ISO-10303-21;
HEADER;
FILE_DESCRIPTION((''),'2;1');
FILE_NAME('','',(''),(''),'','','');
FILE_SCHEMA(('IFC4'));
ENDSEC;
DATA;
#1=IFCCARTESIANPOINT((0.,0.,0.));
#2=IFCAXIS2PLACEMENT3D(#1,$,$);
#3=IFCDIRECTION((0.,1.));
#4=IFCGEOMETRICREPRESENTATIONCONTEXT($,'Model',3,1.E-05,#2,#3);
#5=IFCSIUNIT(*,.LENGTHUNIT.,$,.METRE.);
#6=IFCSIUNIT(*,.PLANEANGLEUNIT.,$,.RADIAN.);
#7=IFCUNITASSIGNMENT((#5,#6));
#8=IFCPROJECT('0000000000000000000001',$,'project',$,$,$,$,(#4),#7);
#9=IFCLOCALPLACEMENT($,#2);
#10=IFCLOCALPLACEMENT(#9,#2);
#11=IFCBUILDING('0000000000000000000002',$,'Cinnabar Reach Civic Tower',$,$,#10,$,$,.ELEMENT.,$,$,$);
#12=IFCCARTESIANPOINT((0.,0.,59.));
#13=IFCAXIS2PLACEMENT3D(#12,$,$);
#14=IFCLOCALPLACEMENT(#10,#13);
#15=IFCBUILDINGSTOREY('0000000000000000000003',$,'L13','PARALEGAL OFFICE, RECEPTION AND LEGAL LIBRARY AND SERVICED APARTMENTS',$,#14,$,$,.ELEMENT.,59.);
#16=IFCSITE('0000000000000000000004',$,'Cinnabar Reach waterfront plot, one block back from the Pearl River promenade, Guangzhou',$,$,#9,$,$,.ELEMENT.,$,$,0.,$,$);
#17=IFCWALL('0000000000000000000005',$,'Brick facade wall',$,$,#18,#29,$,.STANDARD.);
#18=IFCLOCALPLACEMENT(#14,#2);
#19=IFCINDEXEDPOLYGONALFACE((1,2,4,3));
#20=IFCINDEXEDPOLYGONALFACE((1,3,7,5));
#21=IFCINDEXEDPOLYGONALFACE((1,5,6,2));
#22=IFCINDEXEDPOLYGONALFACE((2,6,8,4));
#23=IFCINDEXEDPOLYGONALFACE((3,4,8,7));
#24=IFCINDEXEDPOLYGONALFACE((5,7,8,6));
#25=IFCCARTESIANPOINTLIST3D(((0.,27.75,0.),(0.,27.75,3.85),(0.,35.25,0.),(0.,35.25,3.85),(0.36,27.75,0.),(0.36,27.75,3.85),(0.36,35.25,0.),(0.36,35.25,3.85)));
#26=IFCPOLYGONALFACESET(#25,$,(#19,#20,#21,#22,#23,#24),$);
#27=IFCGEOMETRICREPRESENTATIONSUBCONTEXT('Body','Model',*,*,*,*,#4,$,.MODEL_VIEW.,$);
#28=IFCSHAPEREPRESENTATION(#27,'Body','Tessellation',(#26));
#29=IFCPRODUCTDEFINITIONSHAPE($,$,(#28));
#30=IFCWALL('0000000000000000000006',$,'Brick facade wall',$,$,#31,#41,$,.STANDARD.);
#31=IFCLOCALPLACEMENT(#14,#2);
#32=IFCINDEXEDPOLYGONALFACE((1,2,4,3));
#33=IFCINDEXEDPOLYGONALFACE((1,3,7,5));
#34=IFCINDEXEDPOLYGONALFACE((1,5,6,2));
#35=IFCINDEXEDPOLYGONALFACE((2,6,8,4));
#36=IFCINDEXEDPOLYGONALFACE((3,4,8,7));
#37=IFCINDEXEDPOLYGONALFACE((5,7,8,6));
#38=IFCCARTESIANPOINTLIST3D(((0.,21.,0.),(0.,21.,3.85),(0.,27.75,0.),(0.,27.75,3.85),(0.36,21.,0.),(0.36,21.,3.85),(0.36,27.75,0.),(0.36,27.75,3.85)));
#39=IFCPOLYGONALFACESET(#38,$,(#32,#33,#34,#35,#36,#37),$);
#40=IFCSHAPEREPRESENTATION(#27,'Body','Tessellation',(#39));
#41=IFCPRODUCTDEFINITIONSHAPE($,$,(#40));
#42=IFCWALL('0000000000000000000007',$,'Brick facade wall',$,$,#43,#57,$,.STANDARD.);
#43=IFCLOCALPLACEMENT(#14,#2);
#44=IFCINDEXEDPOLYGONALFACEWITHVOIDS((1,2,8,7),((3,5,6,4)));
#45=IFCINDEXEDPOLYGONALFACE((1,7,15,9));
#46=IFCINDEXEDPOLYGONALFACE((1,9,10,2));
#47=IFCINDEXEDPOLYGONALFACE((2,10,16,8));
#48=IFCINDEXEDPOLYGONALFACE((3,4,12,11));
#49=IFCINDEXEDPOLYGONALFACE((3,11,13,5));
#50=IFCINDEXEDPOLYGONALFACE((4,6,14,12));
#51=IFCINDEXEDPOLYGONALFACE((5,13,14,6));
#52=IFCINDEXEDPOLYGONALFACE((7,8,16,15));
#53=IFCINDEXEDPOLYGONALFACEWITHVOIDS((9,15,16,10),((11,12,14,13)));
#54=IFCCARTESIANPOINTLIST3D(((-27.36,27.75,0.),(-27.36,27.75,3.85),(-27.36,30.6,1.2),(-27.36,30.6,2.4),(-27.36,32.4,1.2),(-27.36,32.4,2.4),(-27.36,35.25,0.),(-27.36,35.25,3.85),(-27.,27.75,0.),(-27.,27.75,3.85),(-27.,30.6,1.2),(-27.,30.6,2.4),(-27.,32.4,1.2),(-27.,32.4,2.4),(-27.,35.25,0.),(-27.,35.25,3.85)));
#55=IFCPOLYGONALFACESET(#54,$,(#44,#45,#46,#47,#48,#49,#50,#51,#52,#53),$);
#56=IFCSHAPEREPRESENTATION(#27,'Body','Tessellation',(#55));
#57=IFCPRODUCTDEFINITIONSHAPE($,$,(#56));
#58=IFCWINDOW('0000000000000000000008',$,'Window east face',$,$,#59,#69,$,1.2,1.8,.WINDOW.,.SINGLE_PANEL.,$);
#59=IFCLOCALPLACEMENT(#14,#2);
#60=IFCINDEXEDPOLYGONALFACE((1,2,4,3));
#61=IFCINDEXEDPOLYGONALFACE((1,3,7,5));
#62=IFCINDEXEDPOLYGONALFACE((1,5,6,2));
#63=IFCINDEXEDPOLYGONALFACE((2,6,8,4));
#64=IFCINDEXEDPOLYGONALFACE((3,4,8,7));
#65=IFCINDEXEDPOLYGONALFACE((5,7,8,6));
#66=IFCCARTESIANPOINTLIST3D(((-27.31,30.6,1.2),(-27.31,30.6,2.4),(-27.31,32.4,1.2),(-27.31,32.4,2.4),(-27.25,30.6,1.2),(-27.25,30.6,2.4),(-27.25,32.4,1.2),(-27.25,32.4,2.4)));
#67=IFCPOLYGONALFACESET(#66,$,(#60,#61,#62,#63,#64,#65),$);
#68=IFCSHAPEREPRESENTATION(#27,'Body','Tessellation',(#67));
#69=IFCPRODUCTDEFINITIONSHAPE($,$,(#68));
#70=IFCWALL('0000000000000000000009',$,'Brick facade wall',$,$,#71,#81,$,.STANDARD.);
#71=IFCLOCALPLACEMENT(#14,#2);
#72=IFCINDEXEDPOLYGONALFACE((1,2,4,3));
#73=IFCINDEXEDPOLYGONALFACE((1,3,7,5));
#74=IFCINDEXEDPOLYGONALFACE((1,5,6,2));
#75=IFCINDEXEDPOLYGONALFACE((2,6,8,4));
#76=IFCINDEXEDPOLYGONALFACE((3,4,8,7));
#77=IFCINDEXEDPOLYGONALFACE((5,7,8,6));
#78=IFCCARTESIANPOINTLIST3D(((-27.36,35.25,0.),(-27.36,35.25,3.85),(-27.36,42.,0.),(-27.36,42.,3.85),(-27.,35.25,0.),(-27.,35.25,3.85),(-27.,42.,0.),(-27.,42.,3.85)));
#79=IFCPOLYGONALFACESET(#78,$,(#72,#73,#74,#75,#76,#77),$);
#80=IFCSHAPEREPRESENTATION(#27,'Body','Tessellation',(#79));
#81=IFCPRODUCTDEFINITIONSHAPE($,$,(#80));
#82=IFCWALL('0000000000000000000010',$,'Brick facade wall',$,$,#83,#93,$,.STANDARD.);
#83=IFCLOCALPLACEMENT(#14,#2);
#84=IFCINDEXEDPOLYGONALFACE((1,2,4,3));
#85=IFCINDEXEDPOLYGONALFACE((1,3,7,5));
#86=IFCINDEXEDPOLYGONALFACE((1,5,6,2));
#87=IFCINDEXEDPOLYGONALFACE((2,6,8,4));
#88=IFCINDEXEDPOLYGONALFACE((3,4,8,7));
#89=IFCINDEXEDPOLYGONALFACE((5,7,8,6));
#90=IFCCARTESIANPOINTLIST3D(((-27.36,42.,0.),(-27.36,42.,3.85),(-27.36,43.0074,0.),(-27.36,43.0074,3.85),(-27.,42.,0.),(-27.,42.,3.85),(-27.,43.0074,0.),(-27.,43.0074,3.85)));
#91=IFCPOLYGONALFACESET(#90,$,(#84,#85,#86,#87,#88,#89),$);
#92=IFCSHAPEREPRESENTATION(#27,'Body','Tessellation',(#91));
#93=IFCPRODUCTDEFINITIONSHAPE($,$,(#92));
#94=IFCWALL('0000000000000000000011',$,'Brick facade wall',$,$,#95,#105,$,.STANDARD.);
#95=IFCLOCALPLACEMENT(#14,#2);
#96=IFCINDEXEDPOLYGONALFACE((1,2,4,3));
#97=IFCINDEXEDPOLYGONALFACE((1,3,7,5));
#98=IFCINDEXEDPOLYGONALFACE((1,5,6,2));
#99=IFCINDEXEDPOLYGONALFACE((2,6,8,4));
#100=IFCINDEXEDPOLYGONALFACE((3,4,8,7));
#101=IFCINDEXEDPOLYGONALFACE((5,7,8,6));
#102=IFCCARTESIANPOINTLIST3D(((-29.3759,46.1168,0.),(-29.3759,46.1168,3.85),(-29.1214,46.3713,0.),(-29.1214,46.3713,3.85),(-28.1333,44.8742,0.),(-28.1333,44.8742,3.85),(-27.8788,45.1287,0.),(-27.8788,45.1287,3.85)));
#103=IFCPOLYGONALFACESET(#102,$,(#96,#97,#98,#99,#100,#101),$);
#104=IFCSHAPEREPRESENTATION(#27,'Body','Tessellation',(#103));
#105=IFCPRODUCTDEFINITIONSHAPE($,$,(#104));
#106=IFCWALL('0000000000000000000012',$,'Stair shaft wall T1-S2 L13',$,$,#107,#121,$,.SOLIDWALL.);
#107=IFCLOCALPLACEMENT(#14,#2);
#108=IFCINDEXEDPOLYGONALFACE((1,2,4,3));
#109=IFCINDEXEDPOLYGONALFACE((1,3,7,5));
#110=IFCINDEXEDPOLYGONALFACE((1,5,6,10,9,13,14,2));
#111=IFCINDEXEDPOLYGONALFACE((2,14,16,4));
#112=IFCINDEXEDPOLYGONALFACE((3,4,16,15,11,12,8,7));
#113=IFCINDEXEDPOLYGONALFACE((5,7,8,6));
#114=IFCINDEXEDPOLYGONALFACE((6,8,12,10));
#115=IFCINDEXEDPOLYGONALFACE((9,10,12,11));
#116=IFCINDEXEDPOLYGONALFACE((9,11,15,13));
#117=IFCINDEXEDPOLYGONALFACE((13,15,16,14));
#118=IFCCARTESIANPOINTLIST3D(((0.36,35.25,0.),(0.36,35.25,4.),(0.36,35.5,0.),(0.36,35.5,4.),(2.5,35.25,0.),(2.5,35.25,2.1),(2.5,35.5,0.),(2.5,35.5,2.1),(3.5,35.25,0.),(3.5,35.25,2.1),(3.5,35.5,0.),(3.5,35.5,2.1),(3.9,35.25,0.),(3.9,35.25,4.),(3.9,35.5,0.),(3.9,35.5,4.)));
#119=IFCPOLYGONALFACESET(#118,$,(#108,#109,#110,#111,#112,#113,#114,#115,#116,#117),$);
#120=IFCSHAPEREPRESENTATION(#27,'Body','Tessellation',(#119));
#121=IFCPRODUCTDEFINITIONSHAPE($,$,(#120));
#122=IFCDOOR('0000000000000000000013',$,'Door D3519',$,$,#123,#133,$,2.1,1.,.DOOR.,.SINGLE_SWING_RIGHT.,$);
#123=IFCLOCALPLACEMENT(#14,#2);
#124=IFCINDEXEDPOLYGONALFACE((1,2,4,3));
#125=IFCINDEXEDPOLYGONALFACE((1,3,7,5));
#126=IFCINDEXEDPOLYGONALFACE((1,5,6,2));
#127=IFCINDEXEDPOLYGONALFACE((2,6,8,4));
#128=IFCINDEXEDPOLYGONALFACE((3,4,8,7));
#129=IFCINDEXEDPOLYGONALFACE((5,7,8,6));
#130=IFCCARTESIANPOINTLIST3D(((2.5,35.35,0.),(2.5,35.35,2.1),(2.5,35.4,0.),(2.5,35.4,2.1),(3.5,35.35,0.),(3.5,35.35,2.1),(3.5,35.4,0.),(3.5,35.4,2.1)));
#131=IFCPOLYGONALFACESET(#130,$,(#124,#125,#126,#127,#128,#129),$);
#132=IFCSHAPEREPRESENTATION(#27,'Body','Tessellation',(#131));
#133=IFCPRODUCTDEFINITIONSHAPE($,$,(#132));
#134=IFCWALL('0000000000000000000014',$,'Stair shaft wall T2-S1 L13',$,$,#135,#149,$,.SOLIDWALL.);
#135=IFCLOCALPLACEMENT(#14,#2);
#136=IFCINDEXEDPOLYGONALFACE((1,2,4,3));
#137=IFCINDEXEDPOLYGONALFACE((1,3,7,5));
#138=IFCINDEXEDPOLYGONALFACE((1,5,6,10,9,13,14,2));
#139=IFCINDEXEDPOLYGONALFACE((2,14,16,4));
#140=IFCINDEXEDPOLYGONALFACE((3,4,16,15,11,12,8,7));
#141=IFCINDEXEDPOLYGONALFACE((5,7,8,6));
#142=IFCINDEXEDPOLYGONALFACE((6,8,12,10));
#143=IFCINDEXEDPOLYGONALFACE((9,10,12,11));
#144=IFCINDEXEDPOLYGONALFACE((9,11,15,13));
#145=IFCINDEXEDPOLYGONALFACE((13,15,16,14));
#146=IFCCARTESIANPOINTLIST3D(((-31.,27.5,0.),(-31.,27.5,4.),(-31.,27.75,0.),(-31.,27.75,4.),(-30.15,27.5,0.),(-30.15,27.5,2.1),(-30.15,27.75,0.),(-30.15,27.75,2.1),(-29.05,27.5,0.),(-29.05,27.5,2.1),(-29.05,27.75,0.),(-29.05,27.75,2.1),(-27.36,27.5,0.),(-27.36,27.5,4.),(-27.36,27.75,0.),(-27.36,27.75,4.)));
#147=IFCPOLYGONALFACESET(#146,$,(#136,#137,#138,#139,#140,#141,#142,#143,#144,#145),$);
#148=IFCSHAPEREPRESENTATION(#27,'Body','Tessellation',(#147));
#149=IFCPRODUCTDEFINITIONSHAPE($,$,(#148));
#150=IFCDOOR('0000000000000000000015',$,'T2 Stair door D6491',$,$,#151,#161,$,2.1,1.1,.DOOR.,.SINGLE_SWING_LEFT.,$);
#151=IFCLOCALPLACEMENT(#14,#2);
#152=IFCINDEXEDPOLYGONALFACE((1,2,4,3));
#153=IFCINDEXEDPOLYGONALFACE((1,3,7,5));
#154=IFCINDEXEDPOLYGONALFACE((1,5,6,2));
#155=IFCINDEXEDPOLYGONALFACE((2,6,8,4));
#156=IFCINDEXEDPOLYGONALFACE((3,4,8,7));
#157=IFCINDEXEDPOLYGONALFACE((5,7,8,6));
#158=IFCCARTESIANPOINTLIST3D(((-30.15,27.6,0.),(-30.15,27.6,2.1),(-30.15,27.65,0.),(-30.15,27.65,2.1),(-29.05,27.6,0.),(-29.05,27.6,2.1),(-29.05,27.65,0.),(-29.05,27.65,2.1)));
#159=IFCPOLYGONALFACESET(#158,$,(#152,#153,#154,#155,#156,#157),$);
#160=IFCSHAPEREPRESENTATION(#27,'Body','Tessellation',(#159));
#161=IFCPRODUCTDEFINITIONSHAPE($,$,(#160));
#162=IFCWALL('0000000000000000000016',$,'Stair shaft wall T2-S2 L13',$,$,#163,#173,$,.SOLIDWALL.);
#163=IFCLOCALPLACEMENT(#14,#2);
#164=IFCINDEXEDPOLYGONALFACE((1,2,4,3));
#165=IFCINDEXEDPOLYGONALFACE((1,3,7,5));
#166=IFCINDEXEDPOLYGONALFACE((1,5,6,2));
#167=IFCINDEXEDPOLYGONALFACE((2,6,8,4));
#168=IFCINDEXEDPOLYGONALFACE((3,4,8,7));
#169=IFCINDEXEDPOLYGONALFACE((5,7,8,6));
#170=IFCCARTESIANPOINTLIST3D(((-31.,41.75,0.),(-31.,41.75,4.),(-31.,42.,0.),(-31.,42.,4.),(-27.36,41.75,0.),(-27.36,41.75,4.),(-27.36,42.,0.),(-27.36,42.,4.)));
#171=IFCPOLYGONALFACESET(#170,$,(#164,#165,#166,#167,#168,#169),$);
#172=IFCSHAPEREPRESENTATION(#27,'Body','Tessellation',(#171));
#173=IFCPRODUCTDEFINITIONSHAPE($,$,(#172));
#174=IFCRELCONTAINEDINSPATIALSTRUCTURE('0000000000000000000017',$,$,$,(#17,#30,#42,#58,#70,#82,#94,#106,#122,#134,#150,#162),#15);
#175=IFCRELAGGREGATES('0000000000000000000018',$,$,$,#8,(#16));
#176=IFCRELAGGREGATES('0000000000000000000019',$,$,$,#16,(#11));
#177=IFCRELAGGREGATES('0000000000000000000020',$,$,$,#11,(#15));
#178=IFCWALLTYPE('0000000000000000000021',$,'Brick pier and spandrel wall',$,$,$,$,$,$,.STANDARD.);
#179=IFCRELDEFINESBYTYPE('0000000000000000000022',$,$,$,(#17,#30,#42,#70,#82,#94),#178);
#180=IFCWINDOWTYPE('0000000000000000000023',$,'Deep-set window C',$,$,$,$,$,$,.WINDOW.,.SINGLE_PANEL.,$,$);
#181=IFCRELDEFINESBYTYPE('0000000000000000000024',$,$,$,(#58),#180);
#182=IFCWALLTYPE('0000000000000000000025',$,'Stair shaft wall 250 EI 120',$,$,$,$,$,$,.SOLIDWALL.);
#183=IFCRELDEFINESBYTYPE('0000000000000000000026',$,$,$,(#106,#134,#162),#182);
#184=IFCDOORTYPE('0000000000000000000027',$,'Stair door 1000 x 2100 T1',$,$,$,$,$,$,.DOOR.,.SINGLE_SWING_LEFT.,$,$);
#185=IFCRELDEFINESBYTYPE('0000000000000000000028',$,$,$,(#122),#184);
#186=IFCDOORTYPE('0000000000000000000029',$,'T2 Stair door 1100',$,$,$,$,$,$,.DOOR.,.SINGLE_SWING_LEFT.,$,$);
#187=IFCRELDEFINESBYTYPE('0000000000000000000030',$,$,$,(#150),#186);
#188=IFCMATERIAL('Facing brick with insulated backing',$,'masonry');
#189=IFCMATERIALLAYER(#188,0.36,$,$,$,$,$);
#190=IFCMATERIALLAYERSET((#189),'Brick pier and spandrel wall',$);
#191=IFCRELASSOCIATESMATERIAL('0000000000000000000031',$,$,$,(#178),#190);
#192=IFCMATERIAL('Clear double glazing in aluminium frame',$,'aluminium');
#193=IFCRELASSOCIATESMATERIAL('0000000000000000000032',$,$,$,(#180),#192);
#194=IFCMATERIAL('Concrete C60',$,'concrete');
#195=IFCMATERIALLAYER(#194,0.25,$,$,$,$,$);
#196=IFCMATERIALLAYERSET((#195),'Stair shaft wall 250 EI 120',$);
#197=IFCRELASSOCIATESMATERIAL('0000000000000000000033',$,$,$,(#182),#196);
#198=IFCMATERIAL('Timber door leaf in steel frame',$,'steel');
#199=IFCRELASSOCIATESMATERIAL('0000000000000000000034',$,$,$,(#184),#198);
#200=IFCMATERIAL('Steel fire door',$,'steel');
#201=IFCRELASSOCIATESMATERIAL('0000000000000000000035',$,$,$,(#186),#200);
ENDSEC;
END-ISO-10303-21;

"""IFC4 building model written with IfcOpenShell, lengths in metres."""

from ifc_helpers import new_model, si_unit, direction, frame, frame_2d, origin, place, context, subcontext, project, spatial, rectangle, extrude, material, layer, layer_set, type_object, element, fill, save


model = new_model("IFC4")

# Units and contexts
model_context = context("Model", 3, precision=1e-05, world=origin(), true_north=direction((0.0, 1.0)))
body_context = subcontext(model_context, "Body", "Model", "MODEL_VIEW")
ifc_project = project(units=[si_unit("LENGTHUNIT", "METRE"), si_unit("PLANEANGLEUNIT", "RADIAN")], contexts=[model_context])

# Site, building, storey
site_placement = place(None, origin())
site = spatial("IfcSite", under=ifc_project, at=site_placement, Name="Cinnabar Reach waterfront plot, one block back from the Pearl River promenade, Guangzhou", CompositionType="ELEMENT", RefElevation=0.0)
building_placement = place(site_placement, origin())
building = spatial("IfcBuilding", under=site, at=building_placement, Name="Cinnabar Reach Civic Tower", CompositionType="ELEMENT")
storey_placement = place(building_placement, frame((0.0, 0.0, 59.0)))
storey = spatial("IfcBuildingStorey", under=building, at=storey_placement, Name="L13", Description="PARALEGAL OFFICE, RECEPTION AND LEGAL LIBRARY AND SERVICED APARTMENTS", CompositionType="ELEMENT", Elevation=59.0)

# Shared definitions
ifc_material_1 = material(Name="Concrete C60", Category="concrete")

# Walls
ifc_material_2 = material(Name="Facing brick with insulated backing", Category="masonry")
ifc_layer_1 = layer(ifc_material_2, 0.36)
ifc_layer_set_1 = layer_set([ifc_layer_1], Name="Brick pier and spandrel wall")
wall_type_1 = type_object("IfcWallType", Name="Brick pier and spandrel wall", PredefinedType="STANDARD", material=ifc_layer_set_1)
wall_1_placement = place(storey_placement, frame((0.18, 35.25, 0.0), z_axis=(0.0, 0.0, 1.0), x_axis=(0.0, -1.0, 0.0)))
element("IfcWall", 1, at=wall_1_placement, inside=storey, type_object=wall_type_1, Name="Brick facade wall", PredefinedType="STANDARD", context=body_context, shape_type="SweptSolid", body=[
    extrude(rectangle(XDim=7.5, YDim=0.36, at=frame_2d((3.75, 0.0))), origin(), (0.0, 0.0, 1.0), 3.85),
])
wall_2_placement = place(storey_placement, frame((0.18, 27.75, 0.0), z_axis=(0.0, 0.0, 1.0), x_axis=(0.0, -1.0, 0.0)))
element("IfcWall", 2, at=wall_2_placement, inside=storey, type_object=wall_type_1, Name="Brick facade wall", PredefinedType="STANDARD", context=body_context, shape_type="SweptSolid", body=[
    extrude(rectangle(XDim=6.75, YDim=0.36, at=frame_2d((3.375, 0.0))), origin(), (0.0, 0.0, 1.0), 3.85),
])

# Wall, opening, window
wall_3_placement = place(storey_placement, frame((-27.18, 27.75, 0.0), z_axis=(0.0, 0.0, 1.0), x_axis=(0.0, 1.0, 0.0)))
wall_3 = element("IfcWall", 3, at=wall_3_placement, inside=storey, type_object=wall_type_1, Name="Brick facade wall", PredefinedType="STANDARD", context=body_context, shape_type="SweptSolid", body=[
    extrude(rectangle(XDim=7.5, YDim=0.36, at=frame_2d((3.75, 0.0))), origin(), (0.0, 0.0, 1.0), 3.85),
])
opening_1_placement = place(wall_3_placement, frame((2.85, 0.0, 1.2)))
opening_1 = element("IfcOpeningElement", 4, at=opening_1_placement, cuts=wall_3, PredefinedType="OPENING", context=body_context, shape_type="SweptSolid", body=[
    extrude(rectangle(XDim=1.8, YDim=1.2, at=frame_2d((0.9, 0.6))), frame((0.0, 0.19, 0.0), z_axis=(0.0, -1.0, 0.0), x_axis=(1.0, 0.0, 0.0)), (0.0, 0.0, 1.0), 0.38),
])
ifc_material_3 = material(Name="Clear double glazing in aluminium frame", Category="aluminium")
window_type = type_object("IfcWindowType", Name="Deep-set window C", PartitioningType="SINGLE_PANEL", PredefinedType="WINDOW", material=ifc_material_3)
window_placement = place(opening_1_placement, origin())
window = element("IfcWindow", 5, at=window_placement, inside=storey, type_object=window_type, Name="Window east face", OverallHeight=1.2, OverallWidth=1.8, PartitioningType="SINGLE_PANEL", PredefinedType="WINDOW", context=body_context, shape_type="SweptSolid", body=[
    extrude(rectangle(XDim=1.8, YDim=1.2, at=frame_2d((0.9, 0.6))), frame((0.0, 0.13, 0.0), z_axis=(0.0, -1.0, 0.0), x_axis=(1.0, 0.0, 0.0)), (0.0, 0.0, 1.0), 0.06),
])
fill(opening_1, window)

# Walls
wall_4_placement = place(storey_placement, frame((-27.18, 35.25, 0.0), z_axis=(0.0, 0.0, 1.0), x_axis=(0.0, 1.0, 0.0)))
element("IfcWall", 6, at=wall_4_placement, inside=storey, type_object=wall_type_1, Name="Brick facade wall", PredefinedType="STANDARD", context=body_context, shape_type="SweptSolid", body=[
    extrude(rectangle(XDim=6.75, YDim=0.36, at=frame_2d((3.375, 0.0))), origin(), (0.0, 0.0, 1.0), 3.85),
])
wall_5_placement = place(storey_placement, frame((-27.18, 42.0, 0.0), z_axis=(0.0, 0.0, 1.0), x_axis=(0.0, 1.0, 0.0)))
element("IfcWall", 7, at=wall_5_placement, inside=storey, type_object=wall_type_1, Name="Brick facade wall", PredefinedType="STANDARD", context=body_context, shape_type="SweptSolid", body=[
    extrude(rectangle(XDim=1.0074, YDim=0.36, at=frame_2d((0.5037, 0.0))), origin(), (0.0, 0.0, 1.0), 3.85),
])
wall_6_placement = place(storey_placement, frame((-28.006, 45.0014, 0.0), z_axis=(0.0, 0.0, 1.0), x_axis=(-0.707107, 0.707107, 0.0)))
element("IfcWall", 8, at=wall_6_placement, inside=storey, type_object=wall_type_1, Name="Brick facade wall", PredefinedType="STANDARD", context=body_context, shape_type="SweptSolid", body=[
    extrude(rectangle(XDim=1.7573, YDim=0.36, at=frame_2d((0.8787, 0.0))), origin(), (0.0, 0.0, 1.0), 3.85),
])

# Walls, openings, doors
ifc_layer_2 = layer(ifc_material_1, 0.25)
ifc_layer_set_2 = layer_set([ifc_layer_2], Name="Stair shaft wall 250 EI 120")
wall_type_2 = type_object("IfcWallType", Name="Stair shaft wall 250 EI 120", PredefinedType="SOLIDWALL", material=ifc_layer_set_2)
wall_7_placement = place(storey_placement, frame((0.36, 35.375, 0.0), z_axis=(0.0, 0.0, 1.0), x_axis=(1.0, 0.0, 0.0)))
wall_7 = element("IfcWall", 9, at=wall_7_placement, inside=storey, type_object=wall_type_2, Name="Stair shaft wall T1-S2 L13", PredefinedType="SOLIDWALL", context=body_context, shape_type="SweptSolid", body=[
    extrude(rectangle(XDim=3.54, YDim=0.25, at=frame_2d((1.77, 0.0))), origin(), (0.0, 0.0, 1.0), 4.0),
])
opening_2_placement = place(wall_7_placement, frame((2.14, 0.0, 0.0)))
opening_2 = element("IfcOpeningElement", 10, at=opening_2_placement, cuts=wall_7, PredefinedType="OPENING", context=body_context, shape_type="SweptSolid", body=[
    extrude(rectangle(XDim=1.0, YDim=2.1, at=frame_2d((0.5, 1.05))), frame((0.0, 0.135, 0.0), z_axis=(0.0, -1.0, 0.0), x_axis=(1.0, 0.0, 0.0)), (0.0, 0.0, 1.0), 0.27),
])
ifc_material_4 = material(Name="Timber door leaf in steel frame", Category="steel")
door_type_1 = type_object("IfcDoorType", Name="Stair door 1000 x 2100 T1", OperationType="SINGLE_SWING_LEFT", PredefinedType="DOOR", material=ifc_material_4)
door_1_placement = place(opening_2_placement, origin())
door_1 = element("IfcDoor", 11, at=door_1_placement, inside=storey, type_object=door_type_1, Name="Door D3519", OperationType="SINGLE_SWING_RIGHT", OverallHeight=2.1, OverallWidth=1.0, PredefinedType="DOOR", context=body_context, shape_type="SweptSolid", body=[
    extrude(rectangle(XDim=1.0, YDim=2.1, at=frame_2d((0.5, 1.05))), frame((0.0, 0.025, 0.0), z_axis=(0.0, -1.0, 0.0), x_axis=(1.0, 0.0, 0.0)), (0.0, 0.0, 1.0), 0.05),
])
fill(opening_2, door_1)
wall_8_placement = place(storey_placement, frame((-27.36, 27.625, 0.0), z_axis=(0.0, 0.0, 1.0), x_axis=(-1.0, 0.0, 0.0)))
wall_8 = element("IfcWall", 12, at=wall_8_placement, inside=storey, type_object=wall_type_2, Name="Stair shaft wall T2-S1 L13", PredefinedType="SOLIDWALL", context=body_context, shape_type="SweptSolid", body=[
    extrude(rectangle(XDim=3.64, YDim=0.25, at=frame_2d((1.82, 0.0))), origin(), (0.0, 0.0, 1.0), 4.0),
])
opening_3_placement = place(wall_8_placement, frame((1.69, 0.0, 0.0)))
opening_3 = element("IfcOpeningElement", 13, at=opening_3_placement, cuts=wall_8, PredefinedType="OPENING", context=body_context, shape_type="SweptSolid", body=[
    extrude(rectangle(XDim=1.1, YDim=2.1, at=frame_2d((0.55, 1.05))), frame((0.0, 0.135, 0.0), z_axis=(0.0, -1.0, 0.0), x_axis=(1.0, 0.0, 0.0)), (0.0, 0.0, 1.0), 0.27),
])
ifc_material_5 = material(Name="Steel fire door", Category="steel")
door_type_2 = type_object("IfcDoorType", Name="T2 Stair door 1100", OperationType="SINGLE_SWING_LEFT", PredefinedType="DOOR", material=ifc_material_5)
door_2_placement = place(opening_3_placement, origin())
door_2 = element("IfcDoor", 14, at=door_2_placement, inside=storey, type_object=door_type_2, Name="T2 Stair door D6491", OperationType="SINGLE_SWING_LEFT", OverallHeight=2.1, OverallWidth=1.1, PredefinedType="DOOR", context=body_context, shape_type="SweptSolid", body=[
    extrude(rectangle(XDim=1.1, YDim=2.1, at=frame_2d((0.55, 1.05))), frame((0.0, 0.025, 0.0), z_axis=(0.0, -1.0, 0.0), x_axis=(1.0, 0.0, 0.0)), (0.0, 0.0, 1.0), 0.05),
])
fill(opening_3, door_2)

# Wall
wall_9_placement = place(storey_placement, frame((-27.36, 41.875, 0.0), z_axis=(0.0, 0.0, 1.0), x_axis=(-1.0, 0.0, 0.0)))
element("IfcWall", 15, at=wall_9_placement, inside=storey, type_object=wall_type_2, Name="Stair shaft wall T2-S2 L13", PredefinedType="SOLIDWALL", context=body_context, shape_type="SweptSolid", body=[
    extrude(rectangle(XDim=3.64, YDim=0.25, at=frame_2d((1.82, 0.0))), origin(), (0.0, 0.0, 1.0), 4.0),
])

save(model, "model.ifc")
